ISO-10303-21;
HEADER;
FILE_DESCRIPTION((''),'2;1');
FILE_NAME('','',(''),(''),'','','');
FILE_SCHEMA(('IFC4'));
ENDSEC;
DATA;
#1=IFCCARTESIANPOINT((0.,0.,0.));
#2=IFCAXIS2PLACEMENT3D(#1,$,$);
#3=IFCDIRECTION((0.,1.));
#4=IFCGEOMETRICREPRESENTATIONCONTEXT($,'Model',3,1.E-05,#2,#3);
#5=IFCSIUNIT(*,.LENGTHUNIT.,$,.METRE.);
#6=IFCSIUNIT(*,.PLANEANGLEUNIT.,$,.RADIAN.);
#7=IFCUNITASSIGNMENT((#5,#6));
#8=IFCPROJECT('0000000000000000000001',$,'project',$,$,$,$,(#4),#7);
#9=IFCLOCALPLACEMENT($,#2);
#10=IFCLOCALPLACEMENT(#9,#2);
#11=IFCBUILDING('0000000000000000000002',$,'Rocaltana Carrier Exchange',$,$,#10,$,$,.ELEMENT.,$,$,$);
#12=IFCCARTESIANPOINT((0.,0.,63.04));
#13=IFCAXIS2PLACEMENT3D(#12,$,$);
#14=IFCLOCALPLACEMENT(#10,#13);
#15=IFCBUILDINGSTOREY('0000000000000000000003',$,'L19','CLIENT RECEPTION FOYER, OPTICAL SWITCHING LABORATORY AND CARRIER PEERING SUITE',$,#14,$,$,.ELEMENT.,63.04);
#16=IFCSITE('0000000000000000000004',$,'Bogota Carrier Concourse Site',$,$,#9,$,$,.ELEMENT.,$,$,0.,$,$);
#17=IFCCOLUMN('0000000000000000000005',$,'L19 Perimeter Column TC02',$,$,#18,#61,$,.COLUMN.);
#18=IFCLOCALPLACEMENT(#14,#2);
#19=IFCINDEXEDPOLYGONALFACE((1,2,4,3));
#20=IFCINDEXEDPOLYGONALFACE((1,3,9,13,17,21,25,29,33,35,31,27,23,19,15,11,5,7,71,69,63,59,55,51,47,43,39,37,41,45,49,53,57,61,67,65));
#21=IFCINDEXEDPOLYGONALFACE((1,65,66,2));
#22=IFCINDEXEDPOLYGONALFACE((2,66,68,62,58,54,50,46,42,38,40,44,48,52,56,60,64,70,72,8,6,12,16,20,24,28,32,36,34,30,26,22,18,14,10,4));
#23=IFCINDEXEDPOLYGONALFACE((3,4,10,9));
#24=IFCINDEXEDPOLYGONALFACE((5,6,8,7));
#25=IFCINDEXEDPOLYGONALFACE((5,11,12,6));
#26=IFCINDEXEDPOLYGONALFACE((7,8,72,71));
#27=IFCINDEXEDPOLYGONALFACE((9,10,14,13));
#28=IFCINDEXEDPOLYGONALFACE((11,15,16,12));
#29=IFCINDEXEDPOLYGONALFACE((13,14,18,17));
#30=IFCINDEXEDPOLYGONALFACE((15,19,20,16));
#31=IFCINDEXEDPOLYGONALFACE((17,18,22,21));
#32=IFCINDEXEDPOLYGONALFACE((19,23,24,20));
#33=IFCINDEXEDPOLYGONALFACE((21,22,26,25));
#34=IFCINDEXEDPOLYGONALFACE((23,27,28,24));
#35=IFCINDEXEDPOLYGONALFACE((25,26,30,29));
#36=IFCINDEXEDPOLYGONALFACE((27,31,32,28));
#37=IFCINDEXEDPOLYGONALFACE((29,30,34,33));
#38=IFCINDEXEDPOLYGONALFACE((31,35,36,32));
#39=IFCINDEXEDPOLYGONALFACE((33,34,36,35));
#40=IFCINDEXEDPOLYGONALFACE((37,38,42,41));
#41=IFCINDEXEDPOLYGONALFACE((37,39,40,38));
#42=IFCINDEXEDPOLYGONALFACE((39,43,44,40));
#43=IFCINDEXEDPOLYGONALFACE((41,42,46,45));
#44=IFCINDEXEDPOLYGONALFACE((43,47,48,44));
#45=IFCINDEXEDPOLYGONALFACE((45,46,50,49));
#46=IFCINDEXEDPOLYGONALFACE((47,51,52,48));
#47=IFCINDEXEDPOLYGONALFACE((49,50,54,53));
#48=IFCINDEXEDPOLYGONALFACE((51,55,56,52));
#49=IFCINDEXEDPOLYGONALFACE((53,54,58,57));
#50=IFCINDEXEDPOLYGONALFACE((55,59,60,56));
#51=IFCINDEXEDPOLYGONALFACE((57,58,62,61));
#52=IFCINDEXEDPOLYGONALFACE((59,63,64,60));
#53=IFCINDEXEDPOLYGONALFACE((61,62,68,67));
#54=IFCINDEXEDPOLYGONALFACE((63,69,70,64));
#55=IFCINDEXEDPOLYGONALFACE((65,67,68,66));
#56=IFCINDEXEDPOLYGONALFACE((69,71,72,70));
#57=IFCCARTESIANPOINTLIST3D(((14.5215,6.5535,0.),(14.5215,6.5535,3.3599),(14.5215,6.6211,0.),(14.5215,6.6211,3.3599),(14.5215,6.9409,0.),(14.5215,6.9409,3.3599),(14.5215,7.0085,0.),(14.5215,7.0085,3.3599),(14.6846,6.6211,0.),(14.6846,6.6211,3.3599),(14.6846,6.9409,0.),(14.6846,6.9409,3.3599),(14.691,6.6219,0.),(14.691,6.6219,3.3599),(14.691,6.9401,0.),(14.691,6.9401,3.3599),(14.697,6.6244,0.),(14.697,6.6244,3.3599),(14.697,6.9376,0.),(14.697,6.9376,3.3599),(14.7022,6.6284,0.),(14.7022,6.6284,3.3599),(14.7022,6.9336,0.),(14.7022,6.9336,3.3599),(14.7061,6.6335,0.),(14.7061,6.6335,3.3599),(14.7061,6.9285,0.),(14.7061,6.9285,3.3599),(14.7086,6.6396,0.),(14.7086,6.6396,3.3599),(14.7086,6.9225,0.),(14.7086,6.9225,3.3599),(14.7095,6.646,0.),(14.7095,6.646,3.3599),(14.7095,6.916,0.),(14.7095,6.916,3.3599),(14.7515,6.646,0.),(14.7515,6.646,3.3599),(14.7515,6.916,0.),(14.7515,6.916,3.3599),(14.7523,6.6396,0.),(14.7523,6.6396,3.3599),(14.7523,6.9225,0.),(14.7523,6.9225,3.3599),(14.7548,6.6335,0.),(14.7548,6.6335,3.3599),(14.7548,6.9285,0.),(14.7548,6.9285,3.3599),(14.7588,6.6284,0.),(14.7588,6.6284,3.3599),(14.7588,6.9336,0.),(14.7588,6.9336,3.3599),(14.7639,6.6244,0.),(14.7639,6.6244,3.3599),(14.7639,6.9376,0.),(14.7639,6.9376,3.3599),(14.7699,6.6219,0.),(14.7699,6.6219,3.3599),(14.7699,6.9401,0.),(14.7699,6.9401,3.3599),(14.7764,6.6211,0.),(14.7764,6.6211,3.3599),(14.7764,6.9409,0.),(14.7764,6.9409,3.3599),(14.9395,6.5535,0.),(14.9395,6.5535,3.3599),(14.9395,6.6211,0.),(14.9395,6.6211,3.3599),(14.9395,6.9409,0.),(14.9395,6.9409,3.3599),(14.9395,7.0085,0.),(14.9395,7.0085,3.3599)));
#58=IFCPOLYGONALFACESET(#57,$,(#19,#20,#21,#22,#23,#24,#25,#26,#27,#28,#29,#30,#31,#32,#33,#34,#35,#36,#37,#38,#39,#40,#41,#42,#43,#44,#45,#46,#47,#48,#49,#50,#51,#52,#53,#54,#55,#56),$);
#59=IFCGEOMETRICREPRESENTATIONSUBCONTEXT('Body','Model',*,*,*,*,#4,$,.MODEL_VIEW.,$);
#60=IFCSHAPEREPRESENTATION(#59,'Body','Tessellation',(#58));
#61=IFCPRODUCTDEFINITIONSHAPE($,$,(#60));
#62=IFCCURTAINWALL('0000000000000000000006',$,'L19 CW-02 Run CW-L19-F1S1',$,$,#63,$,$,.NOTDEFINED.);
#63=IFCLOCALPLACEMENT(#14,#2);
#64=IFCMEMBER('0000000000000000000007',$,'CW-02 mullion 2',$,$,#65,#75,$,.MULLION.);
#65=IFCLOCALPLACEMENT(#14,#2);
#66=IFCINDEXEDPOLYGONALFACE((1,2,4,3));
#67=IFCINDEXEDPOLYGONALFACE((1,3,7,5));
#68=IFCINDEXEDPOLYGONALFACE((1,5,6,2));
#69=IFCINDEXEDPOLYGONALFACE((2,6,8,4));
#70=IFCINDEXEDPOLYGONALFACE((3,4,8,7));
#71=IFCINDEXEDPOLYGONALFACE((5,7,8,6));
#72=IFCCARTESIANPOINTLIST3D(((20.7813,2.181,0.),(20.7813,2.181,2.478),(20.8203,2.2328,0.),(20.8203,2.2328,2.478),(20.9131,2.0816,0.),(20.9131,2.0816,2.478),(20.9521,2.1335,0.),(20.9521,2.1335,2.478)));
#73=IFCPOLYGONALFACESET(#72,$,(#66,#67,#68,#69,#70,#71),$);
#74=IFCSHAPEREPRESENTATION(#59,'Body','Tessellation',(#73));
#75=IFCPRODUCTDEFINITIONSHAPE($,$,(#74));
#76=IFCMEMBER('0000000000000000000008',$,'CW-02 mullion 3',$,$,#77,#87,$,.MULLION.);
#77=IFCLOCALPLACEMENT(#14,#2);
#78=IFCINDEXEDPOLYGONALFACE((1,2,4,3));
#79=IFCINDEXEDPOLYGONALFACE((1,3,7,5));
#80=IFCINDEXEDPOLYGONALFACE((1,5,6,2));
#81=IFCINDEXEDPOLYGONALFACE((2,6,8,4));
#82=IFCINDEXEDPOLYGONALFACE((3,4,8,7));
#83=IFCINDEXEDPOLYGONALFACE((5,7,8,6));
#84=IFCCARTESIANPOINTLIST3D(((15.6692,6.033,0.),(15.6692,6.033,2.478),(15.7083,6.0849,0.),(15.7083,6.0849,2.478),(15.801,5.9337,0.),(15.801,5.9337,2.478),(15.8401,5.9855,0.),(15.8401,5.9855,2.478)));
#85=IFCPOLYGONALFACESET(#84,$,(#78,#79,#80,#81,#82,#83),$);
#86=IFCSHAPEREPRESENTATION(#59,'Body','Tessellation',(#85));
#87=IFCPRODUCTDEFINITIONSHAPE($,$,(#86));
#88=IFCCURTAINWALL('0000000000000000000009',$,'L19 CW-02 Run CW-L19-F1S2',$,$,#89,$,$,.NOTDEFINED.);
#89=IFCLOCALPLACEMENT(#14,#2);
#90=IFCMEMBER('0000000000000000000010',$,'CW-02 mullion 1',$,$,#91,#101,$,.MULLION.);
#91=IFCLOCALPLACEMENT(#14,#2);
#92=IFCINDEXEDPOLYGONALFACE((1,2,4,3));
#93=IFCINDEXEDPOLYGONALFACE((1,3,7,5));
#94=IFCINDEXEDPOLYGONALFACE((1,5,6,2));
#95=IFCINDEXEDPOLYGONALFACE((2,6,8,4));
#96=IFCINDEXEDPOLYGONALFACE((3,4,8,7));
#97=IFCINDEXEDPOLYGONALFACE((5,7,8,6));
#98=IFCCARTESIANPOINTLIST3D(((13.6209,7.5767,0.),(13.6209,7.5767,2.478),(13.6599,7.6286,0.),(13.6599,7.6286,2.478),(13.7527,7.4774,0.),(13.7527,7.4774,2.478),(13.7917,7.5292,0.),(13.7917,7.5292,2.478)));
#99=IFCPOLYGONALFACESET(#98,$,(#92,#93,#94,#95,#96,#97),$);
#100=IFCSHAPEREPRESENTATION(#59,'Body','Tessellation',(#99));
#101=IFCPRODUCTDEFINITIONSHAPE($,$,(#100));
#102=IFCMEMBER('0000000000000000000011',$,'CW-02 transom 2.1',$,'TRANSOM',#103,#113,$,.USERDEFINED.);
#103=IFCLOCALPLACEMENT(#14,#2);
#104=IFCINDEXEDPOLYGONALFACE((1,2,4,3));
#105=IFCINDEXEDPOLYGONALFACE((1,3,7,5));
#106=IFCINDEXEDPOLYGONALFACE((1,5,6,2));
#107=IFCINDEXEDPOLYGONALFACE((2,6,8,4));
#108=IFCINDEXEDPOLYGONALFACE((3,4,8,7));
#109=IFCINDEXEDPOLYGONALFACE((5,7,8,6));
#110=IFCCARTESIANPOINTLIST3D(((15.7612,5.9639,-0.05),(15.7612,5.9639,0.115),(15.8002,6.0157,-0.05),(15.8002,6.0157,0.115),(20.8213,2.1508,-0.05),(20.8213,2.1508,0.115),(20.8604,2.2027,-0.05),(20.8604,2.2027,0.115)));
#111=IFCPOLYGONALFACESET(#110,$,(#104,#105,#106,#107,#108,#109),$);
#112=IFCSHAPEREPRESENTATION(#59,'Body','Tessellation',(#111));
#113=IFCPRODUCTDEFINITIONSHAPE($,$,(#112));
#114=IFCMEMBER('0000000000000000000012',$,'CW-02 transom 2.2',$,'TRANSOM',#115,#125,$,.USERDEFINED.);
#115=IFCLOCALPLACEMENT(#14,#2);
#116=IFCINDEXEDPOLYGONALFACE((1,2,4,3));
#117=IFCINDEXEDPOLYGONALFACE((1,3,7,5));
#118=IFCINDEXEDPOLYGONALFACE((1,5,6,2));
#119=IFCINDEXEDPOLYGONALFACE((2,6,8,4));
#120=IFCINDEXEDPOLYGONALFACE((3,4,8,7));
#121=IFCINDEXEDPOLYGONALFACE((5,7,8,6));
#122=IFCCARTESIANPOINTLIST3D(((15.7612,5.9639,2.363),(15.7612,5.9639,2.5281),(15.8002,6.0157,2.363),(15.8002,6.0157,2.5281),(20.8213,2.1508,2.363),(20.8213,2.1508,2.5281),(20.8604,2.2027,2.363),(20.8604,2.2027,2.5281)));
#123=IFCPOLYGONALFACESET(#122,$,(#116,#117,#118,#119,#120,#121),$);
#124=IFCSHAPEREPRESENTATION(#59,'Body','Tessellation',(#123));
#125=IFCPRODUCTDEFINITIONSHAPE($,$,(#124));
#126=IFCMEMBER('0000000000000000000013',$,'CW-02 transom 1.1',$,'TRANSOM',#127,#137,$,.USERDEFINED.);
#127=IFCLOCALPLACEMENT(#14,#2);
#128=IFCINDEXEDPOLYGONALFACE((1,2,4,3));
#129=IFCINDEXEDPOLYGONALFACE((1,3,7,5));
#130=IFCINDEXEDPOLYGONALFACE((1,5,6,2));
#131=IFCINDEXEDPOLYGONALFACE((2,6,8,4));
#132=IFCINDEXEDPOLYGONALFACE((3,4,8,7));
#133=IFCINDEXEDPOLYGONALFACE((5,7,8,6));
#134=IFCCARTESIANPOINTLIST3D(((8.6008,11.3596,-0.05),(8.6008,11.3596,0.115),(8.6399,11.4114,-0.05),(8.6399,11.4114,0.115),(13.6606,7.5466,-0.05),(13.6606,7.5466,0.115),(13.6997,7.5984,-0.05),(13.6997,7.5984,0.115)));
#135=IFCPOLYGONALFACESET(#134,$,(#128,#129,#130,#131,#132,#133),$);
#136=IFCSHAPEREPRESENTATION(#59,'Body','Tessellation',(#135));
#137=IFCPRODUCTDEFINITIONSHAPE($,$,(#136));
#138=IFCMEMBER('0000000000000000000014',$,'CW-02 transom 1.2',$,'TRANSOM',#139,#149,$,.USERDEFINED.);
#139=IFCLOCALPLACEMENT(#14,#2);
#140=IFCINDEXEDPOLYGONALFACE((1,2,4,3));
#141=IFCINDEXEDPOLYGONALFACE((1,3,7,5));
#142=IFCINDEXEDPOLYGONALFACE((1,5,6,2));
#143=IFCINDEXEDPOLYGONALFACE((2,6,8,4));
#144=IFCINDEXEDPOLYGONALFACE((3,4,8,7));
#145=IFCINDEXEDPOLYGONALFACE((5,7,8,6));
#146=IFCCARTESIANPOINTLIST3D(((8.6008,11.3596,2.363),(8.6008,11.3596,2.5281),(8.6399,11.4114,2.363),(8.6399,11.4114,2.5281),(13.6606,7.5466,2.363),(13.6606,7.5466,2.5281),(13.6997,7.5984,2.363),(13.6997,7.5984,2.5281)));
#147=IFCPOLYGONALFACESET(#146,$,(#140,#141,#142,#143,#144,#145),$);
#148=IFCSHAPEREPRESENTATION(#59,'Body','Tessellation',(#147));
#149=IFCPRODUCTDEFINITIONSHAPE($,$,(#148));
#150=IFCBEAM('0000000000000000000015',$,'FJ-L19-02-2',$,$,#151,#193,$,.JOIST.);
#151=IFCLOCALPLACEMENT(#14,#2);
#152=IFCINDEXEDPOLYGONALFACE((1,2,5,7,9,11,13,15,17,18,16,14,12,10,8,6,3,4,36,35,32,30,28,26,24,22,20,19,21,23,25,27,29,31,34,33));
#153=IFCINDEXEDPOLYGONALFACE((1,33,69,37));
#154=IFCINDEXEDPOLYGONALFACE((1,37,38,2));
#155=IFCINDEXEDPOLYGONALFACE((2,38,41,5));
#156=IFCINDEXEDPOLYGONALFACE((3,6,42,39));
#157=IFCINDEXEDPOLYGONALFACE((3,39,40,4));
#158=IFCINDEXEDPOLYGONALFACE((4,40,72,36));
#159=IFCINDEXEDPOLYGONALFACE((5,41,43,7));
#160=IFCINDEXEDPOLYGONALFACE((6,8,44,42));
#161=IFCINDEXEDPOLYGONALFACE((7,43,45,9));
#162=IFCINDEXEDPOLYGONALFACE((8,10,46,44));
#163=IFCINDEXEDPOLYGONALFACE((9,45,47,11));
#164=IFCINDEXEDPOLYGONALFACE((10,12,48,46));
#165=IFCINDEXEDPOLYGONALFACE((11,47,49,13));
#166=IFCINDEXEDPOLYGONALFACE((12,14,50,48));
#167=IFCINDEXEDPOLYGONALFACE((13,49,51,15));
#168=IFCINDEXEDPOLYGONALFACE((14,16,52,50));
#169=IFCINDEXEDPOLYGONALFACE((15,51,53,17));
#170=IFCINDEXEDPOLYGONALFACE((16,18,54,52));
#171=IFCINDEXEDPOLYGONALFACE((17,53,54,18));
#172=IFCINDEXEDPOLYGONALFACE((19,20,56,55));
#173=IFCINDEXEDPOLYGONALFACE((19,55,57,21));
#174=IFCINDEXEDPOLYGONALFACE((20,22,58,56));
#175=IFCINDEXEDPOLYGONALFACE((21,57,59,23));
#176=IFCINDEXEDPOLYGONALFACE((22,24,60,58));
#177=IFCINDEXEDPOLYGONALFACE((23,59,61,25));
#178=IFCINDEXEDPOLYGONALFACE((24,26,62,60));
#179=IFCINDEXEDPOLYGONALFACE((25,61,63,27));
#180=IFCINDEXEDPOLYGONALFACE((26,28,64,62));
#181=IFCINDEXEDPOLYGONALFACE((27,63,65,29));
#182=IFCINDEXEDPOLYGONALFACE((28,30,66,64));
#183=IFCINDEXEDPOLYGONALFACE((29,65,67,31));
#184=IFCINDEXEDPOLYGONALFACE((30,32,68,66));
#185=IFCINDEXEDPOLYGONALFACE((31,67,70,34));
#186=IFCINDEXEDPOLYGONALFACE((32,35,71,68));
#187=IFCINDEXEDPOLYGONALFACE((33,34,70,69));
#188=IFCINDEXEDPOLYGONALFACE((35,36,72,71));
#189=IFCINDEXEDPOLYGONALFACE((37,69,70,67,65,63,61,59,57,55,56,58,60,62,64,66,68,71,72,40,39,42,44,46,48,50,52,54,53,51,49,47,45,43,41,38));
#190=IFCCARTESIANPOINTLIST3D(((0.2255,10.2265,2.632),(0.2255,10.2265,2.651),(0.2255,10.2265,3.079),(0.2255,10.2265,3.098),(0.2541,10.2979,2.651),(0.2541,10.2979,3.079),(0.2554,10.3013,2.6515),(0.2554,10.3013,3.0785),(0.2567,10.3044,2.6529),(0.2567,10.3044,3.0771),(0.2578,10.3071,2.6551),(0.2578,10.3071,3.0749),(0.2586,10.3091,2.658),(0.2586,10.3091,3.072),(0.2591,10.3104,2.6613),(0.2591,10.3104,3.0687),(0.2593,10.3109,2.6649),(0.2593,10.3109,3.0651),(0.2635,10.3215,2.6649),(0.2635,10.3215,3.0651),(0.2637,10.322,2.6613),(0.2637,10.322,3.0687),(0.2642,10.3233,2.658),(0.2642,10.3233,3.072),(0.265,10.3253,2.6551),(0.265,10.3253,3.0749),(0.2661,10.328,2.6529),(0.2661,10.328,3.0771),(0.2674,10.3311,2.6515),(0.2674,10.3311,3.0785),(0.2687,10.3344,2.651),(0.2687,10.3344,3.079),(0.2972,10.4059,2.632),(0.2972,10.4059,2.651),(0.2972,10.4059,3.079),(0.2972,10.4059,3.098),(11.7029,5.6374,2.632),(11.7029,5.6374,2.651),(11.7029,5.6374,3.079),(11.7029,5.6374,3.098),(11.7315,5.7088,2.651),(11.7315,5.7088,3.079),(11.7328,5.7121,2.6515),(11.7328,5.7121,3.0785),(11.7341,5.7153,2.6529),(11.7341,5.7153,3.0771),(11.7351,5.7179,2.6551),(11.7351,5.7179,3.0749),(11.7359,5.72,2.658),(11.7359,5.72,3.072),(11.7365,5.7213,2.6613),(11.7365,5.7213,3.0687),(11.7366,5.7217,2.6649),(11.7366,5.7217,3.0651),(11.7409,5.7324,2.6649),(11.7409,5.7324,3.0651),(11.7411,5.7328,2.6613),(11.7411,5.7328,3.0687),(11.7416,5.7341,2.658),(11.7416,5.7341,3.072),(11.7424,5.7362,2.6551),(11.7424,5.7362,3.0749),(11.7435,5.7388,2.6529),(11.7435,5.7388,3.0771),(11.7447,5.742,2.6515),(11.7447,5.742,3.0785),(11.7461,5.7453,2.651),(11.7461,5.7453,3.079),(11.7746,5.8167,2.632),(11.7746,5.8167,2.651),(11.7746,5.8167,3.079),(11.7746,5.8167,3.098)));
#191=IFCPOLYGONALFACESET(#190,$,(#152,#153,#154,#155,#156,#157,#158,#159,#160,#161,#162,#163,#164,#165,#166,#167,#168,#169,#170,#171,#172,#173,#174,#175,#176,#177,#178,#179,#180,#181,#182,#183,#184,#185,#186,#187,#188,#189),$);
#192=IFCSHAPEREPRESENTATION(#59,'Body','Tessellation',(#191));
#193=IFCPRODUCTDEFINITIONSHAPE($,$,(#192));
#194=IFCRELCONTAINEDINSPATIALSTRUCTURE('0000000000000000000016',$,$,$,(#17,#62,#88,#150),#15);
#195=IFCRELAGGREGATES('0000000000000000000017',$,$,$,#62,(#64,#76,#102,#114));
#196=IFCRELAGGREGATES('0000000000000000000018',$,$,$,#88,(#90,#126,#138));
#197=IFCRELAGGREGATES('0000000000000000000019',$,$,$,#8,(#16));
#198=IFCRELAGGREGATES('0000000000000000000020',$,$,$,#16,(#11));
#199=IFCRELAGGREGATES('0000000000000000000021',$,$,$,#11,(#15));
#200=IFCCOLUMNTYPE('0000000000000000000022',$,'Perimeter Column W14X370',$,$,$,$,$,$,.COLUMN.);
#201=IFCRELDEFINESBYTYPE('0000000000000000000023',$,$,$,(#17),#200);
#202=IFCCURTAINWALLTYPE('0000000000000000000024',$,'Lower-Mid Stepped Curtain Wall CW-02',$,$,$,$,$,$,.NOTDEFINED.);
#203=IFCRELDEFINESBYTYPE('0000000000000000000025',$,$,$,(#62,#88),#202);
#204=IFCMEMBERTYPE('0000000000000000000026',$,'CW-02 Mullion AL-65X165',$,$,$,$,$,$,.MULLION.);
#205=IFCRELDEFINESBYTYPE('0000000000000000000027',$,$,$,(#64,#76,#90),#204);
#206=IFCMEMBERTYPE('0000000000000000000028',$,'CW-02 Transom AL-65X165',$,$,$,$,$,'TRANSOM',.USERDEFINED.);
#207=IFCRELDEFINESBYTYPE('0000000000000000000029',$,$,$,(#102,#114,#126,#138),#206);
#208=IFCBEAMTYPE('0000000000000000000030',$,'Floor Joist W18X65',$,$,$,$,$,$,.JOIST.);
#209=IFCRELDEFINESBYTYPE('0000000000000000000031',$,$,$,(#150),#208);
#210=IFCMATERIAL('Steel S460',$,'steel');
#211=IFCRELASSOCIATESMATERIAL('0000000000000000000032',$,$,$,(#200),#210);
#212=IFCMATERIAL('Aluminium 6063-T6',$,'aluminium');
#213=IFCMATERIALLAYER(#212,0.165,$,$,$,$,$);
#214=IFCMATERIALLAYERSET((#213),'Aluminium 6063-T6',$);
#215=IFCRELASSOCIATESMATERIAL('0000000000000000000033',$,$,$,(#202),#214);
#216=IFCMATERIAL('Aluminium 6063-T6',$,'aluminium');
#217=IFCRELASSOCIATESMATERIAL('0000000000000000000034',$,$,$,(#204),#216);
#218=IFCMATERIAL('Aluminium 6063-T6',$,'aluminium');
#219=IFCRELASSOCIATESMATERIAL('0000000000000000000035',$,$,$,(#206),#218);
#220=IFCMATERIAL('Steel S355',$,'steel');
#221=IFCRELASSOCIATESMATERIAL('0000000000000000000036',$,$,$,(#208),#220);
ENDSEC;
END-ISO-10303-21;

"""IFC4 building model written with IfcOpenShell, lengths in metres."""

from ifc_helpers import new_model, si_unit, direction, frame, origin, origin_2d, place, context, subcontext, project, spatial, rectangle, i_section, extrude, material, layer, layer_set, material_profile, profile_set, type_object, element, aggregate, save


model = new_model("IFC4")

# Units and contexts
model_context = context("Model", 3, precision=1e-05, world=origin(), true_north=direction((0.0, 1.0)))
body_context = subcontext(model_context, "Body", "Model", "MODEL_VIEW")
ifc_project = project(units=[si_unit("LENGTHUNIT", "METRE"), si_unit("PLANEANGLEUNIT", "RADIAN")], contexts=[model_context])

# Site, building, storey
site_placement = place(None, origin())
site = spatial("IfcSite", under=ifc_project, at=site_placement, Name="Bogota Carrier Concourse Site", CompositionType="ELEMENT", RefElevation=0.0)
building_placement = place(site_placement, origin())
building = spatial("IfcBuilding", under=site, at=building_placement, Name="Rocaltana Carrier Exchange", CompositionType="ELEMENT")
storey_placement = place(building_placement, frame((0.0, 0.0, 63.04)))
storey = spatial("IfcBuildingStorey", under=building, at=storey_placement, Name="L19", Description="CLIENT RECEPTION FOYER, OPTICAL SWITCHING LABORATORY AND CARRIER PEERING SUITE", CompositionType="ELEMENT", Elevation=63.04)

# Column
ifc_material_1 = material(Name="Steel S460", Category="steel")
ifc_material_profile_1 = material_profile(ifc_material_1, i_section(OverallWidth=0.418, OverallDepth=0.4551, WebThickness=0.042, FlangeThickness=0.0676, FilletRadius=0.0249, at=origin_2d()), Name="W14X370")
ifc_profile_set_1 = profile_set([ifc_material_profile_1], Name="Steel S460")
column_type = type_object("IfcColumnType", Name="Perimeter Column W14X370", PredefinedType="COLUMN", material=ifc_profile_set_1)
column_placement = place(storey_placement, frame((14.7305, 6.781, 0.0), z_axis=(0.0, 0.0, 1.0), x_axis=(1.0, 0.0, 0.0)))
element("IfcColumn", 1, at=column_placement, inside=storey, type_object=column_type, Name="L19 Perimeter Column TC02", PredefinedType="COLUMN", context=body_context, shape_type="SweptSolid", body=[
    extrude(i_section(OverallWidth=0.418, OverallDepth=0.4551, WebThickness=0.042, FlangeThickness=0.0676, FilletRadius=0.0249, at=origin_2d()), origin(), (0.0, 0.0, 1.0), 3.3599),
])

# Curtain wall, members
ifc_material_2 = material(Name="Aluminium 6063-T6", Category="aluminium")
ifc_layer_1 = layer(ifc_material_2, 0.165)
ifc_layer_set_1 = layer_set([ifc_layer_1], Name="Aluminium 6063-T6")
curtain_wall_type = type_object("IfcCurtainWallType", Name="Lower-Mid Stepped Curtain Wall CW-02", PredefinedType="NOTDEFINED", material=ifc_layer_set_1)
curtain_wall_1_placement = place(storey_placement, origin())
curtain_wall_1 = element("IfcCurtainWall", 2, at=curtain_wall_1_placement, inside=storey, type_object=curtain_wall_type, Name="L19 CW-02 Run CW-L19-F1S1", PredefinedType="NOTDEFINED")
ifc_material_3 = material(Name="Aluminium 6063-T6", Category="aluminium")
ifc_material_profile_2 = material_profile(ifc_material_3, rectangle(XDim=0.0649, YDim=0.165, at=origin_2d()), Name="AL-65X165")
ifc_profile_set_2 = profile_set([ifc_material_profile_2], Name="Aluminium 6063-T6")
member_type_1 = type_object("IfcMemberType", Name="CW-02 Mullion AL-65X165", PredefinedType="MULLION", material=ifc_profile_set_2)
member_1_placement = place(storey_placement, frame((20.8667, 2.1572, 0.0), z_axis=(0.0, 0.0, 1.0), x_axis=(-0.601807, -0.798642, 0.0)))
member_1 = element("IfcMember", 3, at=member_1_placement, type_object=member_type_1, Name="CW-02 mullion 2", PredefinedType="MULLION", context=body_context, shape_type="SweptSolid", body=[
    extrude(rectangle(XDim=0.0649, YDim=0.165, at=origin_2d()), origin(), (0.0, 0.0, 1.0), 2.478),
])
member_2_placement = place(storey_placement, frame((15.7546, 6.0093, 0.0), z_axis=(0.0, 0.0, 1.0), x_axis=(-0.601807, -0.798642, 0.0)))
member_2 = element("IfcMember", 4, at=member_2_placement, type_object=member_type_1, Name="CW-02 mullion 3", PredefinedType="MULLION", context=body_context, shape_type="SweptSolid", body=[
    extrude(rectangle(XDim=0.0649, YDim=0.165, at=origin_2d()), origin(), (0.0, 0.0, 1.0), 2.478),
])

# Curtain wall, member
curtain_wall_2_placement = place(storey_placement, origin())
curtain_wall_2 = element("IfcCurtainWall", 5, at=curtain_wall_2_placement, inside=storey, type_object=curtain_wall_type, Name="L19 CW-02 Run CW-L19-F1S2", PredefinedType="NOTDEFINED")
member_3_placement = place(storey_placement, frame((13.7063, 7.553, 0.0), z_axis=(0.0, 0.0, 1.0), x_axis=(-0.601815, -0.798635, 0.0)))
member_3 = element("IfcMember", 6, at=member_3_placement, type_object=member_type_1, Name="CW-02 mullion 1", PredefinedType="MULLION", context=body_context, shape_type="SweptSolid", body=[
    extrude(rectangle(XDim=0.0649, YDim=0.165, at=origin_2d()), origin(), (0.0, 0.0, 1.0), 2.478),
])

# Members
ifc_material_4 = material(Name="Aluminium 6063-T6", Category="aluminium")
ifc_material_profile_3 = material_profile(ifc_material_4, rectangle(XDim=0.0649, YDim=0.165, at=origin_2d()), Name="AL-65X165")
ifc_profile_set_3 = profile_set([ifc_material_profile_3], Name="Aluminium 6063-T6")
member_type_2 = type_object("IfcMemberType", Name="CW-02 Transom AL-65X165", ElementType="TRANSOM", PredefinedType="USERDEFINED", material=ifc_profile_set_3)
member_4_placement = place(storey_placement, frame((20.8408, 2.1768, 0.0325), z_axis=(-0.798638, 0.601811, 0.0), x_axis=(-0.601811, -0.798638, 0.0)))
member_4 = element("IfcMember", 7, at=member_4_placement, type_object=member_type_2, Name="CW-02 transom 2.1", ObjectType="TRANSOM", PredefinedType="USERDEFINED", context=body_context, shape_type="SweptSolid", body=[
    extrude(rectangle(XDim=0.0649, YDim=0.165, at=origin_2d()), origin(), (0.0, 0.0, 1.0), 6.3359),
])
member_5_placement = place(storey_placement, frame((20.8408, 2.1768, 2.4456), z_axis=(-0.798638, 0.601811, 0.0), x_axis=(-0.601811, -0.798638, 0.0)))
member_5 = element("IfcMember", 8, at=member_5_placement, type_object=member_type_2, Name="CW-02 transom 2.2", ObjectType="TRANSOM", PredefinedType="USERDEFINED", context=body_context, shape_type="SweptSolid", body=[
    extrude(rectangle(XDim=0.0649, YDim=0.165, at=origin_2d()), origin(), (0.0, 0.0, 1.0), 6.3359),
])
member_6_placement = place(storey_placement, frame((13.6802, 7.5725, 0.0325), z_axis=(-0.798625, 0.60183, 0.0), x_axis=(-0.60183, -0.798625, 0.0)))
member_6 = element("IfcMember", 9, at=member_6_placement, type_object=member_type_2, Name="CW-02 transom 1.1", ObjectType="TRANSOM", PredefinedType="USERDEFINED", context=body_context, shape_type="SweptSolid", body=[
    extrude(rectangle(XDim=0.0649, YDim=0.165, at=origin_2d()), origin(), (0.0, 0.0, 1.0), 6.3357),
])
member_7_placement = place(storey_placement, frame((13.6802, 7.5725, 2.4456), z_axis=(-0.798625, 0.60183, 0.0), x_axis=(-0.60183, -0.798625, 0.0)))
member_7 = element("IfcMember", 10, at=member_7_placement, type_object=member_type_2, Name="CW-02 transom 1.2", ObjectType="TRANSOM", PredefinedType="USERDEFINED", context=body_context, shape_type="SweptSolid", body=[
    extrude(rectangle(XDim=0.0649, YDim=0.165, at=origin_2d()), origin(), (0.0, 0.0, 1.0), 6.3357),
])

# Beam
ifc_material_5 = material(Name="Steel S355", Category="steel")
ifc_material_profile_4 = material_profile(ifc_material_5, i_section(OverallWidth=0.1931, OverallDepth=0.4661, WebThickness=0.0115, FlangeThickness=0.019, FilletRadius=0.0139, at=origin_2d()), Name="W18X65")
ifc_profile_set_4 = profile_set([ifc_material_profile_4], Name="Steel S355")
beam_type_1 = type_object("IfcBeamType", Name="Floor Joist W18X65", PredefinedType="JOIST", material=ifc_profile_set_4)
beam_1_placement = place(storey_placement, frame((11.7388, 5.7271, 2.865), z_axis=(-0.928527, 0.371265, 0.0), x_axis=(-0.371265, -0.928527, 0.0)))
element("IfcBeam", 11, at=beam_1_placement, inside=storey, type_object=beam_type_1, Name="FJ-L19-02-2", PredefinedType="JOIST", context=body_context, shape_type="SweptSolid", body=[
    extrude(i_section(OverallWidth=0.1931, OverallDepth=0.4661, WebThickness=0.0115, FlangeThickness=0.019, FilletRadius=0.0139, at=origin_2d()), origin(), (0.0, 0.0, 1.0), 12.3608),
])

aggregate(curtain_wall_1, [member_1, member_2, member_4, member_5])
aggregate(curtain_wall_2, [member_3, member_6, member_7])

save(model, "model.ifc")
